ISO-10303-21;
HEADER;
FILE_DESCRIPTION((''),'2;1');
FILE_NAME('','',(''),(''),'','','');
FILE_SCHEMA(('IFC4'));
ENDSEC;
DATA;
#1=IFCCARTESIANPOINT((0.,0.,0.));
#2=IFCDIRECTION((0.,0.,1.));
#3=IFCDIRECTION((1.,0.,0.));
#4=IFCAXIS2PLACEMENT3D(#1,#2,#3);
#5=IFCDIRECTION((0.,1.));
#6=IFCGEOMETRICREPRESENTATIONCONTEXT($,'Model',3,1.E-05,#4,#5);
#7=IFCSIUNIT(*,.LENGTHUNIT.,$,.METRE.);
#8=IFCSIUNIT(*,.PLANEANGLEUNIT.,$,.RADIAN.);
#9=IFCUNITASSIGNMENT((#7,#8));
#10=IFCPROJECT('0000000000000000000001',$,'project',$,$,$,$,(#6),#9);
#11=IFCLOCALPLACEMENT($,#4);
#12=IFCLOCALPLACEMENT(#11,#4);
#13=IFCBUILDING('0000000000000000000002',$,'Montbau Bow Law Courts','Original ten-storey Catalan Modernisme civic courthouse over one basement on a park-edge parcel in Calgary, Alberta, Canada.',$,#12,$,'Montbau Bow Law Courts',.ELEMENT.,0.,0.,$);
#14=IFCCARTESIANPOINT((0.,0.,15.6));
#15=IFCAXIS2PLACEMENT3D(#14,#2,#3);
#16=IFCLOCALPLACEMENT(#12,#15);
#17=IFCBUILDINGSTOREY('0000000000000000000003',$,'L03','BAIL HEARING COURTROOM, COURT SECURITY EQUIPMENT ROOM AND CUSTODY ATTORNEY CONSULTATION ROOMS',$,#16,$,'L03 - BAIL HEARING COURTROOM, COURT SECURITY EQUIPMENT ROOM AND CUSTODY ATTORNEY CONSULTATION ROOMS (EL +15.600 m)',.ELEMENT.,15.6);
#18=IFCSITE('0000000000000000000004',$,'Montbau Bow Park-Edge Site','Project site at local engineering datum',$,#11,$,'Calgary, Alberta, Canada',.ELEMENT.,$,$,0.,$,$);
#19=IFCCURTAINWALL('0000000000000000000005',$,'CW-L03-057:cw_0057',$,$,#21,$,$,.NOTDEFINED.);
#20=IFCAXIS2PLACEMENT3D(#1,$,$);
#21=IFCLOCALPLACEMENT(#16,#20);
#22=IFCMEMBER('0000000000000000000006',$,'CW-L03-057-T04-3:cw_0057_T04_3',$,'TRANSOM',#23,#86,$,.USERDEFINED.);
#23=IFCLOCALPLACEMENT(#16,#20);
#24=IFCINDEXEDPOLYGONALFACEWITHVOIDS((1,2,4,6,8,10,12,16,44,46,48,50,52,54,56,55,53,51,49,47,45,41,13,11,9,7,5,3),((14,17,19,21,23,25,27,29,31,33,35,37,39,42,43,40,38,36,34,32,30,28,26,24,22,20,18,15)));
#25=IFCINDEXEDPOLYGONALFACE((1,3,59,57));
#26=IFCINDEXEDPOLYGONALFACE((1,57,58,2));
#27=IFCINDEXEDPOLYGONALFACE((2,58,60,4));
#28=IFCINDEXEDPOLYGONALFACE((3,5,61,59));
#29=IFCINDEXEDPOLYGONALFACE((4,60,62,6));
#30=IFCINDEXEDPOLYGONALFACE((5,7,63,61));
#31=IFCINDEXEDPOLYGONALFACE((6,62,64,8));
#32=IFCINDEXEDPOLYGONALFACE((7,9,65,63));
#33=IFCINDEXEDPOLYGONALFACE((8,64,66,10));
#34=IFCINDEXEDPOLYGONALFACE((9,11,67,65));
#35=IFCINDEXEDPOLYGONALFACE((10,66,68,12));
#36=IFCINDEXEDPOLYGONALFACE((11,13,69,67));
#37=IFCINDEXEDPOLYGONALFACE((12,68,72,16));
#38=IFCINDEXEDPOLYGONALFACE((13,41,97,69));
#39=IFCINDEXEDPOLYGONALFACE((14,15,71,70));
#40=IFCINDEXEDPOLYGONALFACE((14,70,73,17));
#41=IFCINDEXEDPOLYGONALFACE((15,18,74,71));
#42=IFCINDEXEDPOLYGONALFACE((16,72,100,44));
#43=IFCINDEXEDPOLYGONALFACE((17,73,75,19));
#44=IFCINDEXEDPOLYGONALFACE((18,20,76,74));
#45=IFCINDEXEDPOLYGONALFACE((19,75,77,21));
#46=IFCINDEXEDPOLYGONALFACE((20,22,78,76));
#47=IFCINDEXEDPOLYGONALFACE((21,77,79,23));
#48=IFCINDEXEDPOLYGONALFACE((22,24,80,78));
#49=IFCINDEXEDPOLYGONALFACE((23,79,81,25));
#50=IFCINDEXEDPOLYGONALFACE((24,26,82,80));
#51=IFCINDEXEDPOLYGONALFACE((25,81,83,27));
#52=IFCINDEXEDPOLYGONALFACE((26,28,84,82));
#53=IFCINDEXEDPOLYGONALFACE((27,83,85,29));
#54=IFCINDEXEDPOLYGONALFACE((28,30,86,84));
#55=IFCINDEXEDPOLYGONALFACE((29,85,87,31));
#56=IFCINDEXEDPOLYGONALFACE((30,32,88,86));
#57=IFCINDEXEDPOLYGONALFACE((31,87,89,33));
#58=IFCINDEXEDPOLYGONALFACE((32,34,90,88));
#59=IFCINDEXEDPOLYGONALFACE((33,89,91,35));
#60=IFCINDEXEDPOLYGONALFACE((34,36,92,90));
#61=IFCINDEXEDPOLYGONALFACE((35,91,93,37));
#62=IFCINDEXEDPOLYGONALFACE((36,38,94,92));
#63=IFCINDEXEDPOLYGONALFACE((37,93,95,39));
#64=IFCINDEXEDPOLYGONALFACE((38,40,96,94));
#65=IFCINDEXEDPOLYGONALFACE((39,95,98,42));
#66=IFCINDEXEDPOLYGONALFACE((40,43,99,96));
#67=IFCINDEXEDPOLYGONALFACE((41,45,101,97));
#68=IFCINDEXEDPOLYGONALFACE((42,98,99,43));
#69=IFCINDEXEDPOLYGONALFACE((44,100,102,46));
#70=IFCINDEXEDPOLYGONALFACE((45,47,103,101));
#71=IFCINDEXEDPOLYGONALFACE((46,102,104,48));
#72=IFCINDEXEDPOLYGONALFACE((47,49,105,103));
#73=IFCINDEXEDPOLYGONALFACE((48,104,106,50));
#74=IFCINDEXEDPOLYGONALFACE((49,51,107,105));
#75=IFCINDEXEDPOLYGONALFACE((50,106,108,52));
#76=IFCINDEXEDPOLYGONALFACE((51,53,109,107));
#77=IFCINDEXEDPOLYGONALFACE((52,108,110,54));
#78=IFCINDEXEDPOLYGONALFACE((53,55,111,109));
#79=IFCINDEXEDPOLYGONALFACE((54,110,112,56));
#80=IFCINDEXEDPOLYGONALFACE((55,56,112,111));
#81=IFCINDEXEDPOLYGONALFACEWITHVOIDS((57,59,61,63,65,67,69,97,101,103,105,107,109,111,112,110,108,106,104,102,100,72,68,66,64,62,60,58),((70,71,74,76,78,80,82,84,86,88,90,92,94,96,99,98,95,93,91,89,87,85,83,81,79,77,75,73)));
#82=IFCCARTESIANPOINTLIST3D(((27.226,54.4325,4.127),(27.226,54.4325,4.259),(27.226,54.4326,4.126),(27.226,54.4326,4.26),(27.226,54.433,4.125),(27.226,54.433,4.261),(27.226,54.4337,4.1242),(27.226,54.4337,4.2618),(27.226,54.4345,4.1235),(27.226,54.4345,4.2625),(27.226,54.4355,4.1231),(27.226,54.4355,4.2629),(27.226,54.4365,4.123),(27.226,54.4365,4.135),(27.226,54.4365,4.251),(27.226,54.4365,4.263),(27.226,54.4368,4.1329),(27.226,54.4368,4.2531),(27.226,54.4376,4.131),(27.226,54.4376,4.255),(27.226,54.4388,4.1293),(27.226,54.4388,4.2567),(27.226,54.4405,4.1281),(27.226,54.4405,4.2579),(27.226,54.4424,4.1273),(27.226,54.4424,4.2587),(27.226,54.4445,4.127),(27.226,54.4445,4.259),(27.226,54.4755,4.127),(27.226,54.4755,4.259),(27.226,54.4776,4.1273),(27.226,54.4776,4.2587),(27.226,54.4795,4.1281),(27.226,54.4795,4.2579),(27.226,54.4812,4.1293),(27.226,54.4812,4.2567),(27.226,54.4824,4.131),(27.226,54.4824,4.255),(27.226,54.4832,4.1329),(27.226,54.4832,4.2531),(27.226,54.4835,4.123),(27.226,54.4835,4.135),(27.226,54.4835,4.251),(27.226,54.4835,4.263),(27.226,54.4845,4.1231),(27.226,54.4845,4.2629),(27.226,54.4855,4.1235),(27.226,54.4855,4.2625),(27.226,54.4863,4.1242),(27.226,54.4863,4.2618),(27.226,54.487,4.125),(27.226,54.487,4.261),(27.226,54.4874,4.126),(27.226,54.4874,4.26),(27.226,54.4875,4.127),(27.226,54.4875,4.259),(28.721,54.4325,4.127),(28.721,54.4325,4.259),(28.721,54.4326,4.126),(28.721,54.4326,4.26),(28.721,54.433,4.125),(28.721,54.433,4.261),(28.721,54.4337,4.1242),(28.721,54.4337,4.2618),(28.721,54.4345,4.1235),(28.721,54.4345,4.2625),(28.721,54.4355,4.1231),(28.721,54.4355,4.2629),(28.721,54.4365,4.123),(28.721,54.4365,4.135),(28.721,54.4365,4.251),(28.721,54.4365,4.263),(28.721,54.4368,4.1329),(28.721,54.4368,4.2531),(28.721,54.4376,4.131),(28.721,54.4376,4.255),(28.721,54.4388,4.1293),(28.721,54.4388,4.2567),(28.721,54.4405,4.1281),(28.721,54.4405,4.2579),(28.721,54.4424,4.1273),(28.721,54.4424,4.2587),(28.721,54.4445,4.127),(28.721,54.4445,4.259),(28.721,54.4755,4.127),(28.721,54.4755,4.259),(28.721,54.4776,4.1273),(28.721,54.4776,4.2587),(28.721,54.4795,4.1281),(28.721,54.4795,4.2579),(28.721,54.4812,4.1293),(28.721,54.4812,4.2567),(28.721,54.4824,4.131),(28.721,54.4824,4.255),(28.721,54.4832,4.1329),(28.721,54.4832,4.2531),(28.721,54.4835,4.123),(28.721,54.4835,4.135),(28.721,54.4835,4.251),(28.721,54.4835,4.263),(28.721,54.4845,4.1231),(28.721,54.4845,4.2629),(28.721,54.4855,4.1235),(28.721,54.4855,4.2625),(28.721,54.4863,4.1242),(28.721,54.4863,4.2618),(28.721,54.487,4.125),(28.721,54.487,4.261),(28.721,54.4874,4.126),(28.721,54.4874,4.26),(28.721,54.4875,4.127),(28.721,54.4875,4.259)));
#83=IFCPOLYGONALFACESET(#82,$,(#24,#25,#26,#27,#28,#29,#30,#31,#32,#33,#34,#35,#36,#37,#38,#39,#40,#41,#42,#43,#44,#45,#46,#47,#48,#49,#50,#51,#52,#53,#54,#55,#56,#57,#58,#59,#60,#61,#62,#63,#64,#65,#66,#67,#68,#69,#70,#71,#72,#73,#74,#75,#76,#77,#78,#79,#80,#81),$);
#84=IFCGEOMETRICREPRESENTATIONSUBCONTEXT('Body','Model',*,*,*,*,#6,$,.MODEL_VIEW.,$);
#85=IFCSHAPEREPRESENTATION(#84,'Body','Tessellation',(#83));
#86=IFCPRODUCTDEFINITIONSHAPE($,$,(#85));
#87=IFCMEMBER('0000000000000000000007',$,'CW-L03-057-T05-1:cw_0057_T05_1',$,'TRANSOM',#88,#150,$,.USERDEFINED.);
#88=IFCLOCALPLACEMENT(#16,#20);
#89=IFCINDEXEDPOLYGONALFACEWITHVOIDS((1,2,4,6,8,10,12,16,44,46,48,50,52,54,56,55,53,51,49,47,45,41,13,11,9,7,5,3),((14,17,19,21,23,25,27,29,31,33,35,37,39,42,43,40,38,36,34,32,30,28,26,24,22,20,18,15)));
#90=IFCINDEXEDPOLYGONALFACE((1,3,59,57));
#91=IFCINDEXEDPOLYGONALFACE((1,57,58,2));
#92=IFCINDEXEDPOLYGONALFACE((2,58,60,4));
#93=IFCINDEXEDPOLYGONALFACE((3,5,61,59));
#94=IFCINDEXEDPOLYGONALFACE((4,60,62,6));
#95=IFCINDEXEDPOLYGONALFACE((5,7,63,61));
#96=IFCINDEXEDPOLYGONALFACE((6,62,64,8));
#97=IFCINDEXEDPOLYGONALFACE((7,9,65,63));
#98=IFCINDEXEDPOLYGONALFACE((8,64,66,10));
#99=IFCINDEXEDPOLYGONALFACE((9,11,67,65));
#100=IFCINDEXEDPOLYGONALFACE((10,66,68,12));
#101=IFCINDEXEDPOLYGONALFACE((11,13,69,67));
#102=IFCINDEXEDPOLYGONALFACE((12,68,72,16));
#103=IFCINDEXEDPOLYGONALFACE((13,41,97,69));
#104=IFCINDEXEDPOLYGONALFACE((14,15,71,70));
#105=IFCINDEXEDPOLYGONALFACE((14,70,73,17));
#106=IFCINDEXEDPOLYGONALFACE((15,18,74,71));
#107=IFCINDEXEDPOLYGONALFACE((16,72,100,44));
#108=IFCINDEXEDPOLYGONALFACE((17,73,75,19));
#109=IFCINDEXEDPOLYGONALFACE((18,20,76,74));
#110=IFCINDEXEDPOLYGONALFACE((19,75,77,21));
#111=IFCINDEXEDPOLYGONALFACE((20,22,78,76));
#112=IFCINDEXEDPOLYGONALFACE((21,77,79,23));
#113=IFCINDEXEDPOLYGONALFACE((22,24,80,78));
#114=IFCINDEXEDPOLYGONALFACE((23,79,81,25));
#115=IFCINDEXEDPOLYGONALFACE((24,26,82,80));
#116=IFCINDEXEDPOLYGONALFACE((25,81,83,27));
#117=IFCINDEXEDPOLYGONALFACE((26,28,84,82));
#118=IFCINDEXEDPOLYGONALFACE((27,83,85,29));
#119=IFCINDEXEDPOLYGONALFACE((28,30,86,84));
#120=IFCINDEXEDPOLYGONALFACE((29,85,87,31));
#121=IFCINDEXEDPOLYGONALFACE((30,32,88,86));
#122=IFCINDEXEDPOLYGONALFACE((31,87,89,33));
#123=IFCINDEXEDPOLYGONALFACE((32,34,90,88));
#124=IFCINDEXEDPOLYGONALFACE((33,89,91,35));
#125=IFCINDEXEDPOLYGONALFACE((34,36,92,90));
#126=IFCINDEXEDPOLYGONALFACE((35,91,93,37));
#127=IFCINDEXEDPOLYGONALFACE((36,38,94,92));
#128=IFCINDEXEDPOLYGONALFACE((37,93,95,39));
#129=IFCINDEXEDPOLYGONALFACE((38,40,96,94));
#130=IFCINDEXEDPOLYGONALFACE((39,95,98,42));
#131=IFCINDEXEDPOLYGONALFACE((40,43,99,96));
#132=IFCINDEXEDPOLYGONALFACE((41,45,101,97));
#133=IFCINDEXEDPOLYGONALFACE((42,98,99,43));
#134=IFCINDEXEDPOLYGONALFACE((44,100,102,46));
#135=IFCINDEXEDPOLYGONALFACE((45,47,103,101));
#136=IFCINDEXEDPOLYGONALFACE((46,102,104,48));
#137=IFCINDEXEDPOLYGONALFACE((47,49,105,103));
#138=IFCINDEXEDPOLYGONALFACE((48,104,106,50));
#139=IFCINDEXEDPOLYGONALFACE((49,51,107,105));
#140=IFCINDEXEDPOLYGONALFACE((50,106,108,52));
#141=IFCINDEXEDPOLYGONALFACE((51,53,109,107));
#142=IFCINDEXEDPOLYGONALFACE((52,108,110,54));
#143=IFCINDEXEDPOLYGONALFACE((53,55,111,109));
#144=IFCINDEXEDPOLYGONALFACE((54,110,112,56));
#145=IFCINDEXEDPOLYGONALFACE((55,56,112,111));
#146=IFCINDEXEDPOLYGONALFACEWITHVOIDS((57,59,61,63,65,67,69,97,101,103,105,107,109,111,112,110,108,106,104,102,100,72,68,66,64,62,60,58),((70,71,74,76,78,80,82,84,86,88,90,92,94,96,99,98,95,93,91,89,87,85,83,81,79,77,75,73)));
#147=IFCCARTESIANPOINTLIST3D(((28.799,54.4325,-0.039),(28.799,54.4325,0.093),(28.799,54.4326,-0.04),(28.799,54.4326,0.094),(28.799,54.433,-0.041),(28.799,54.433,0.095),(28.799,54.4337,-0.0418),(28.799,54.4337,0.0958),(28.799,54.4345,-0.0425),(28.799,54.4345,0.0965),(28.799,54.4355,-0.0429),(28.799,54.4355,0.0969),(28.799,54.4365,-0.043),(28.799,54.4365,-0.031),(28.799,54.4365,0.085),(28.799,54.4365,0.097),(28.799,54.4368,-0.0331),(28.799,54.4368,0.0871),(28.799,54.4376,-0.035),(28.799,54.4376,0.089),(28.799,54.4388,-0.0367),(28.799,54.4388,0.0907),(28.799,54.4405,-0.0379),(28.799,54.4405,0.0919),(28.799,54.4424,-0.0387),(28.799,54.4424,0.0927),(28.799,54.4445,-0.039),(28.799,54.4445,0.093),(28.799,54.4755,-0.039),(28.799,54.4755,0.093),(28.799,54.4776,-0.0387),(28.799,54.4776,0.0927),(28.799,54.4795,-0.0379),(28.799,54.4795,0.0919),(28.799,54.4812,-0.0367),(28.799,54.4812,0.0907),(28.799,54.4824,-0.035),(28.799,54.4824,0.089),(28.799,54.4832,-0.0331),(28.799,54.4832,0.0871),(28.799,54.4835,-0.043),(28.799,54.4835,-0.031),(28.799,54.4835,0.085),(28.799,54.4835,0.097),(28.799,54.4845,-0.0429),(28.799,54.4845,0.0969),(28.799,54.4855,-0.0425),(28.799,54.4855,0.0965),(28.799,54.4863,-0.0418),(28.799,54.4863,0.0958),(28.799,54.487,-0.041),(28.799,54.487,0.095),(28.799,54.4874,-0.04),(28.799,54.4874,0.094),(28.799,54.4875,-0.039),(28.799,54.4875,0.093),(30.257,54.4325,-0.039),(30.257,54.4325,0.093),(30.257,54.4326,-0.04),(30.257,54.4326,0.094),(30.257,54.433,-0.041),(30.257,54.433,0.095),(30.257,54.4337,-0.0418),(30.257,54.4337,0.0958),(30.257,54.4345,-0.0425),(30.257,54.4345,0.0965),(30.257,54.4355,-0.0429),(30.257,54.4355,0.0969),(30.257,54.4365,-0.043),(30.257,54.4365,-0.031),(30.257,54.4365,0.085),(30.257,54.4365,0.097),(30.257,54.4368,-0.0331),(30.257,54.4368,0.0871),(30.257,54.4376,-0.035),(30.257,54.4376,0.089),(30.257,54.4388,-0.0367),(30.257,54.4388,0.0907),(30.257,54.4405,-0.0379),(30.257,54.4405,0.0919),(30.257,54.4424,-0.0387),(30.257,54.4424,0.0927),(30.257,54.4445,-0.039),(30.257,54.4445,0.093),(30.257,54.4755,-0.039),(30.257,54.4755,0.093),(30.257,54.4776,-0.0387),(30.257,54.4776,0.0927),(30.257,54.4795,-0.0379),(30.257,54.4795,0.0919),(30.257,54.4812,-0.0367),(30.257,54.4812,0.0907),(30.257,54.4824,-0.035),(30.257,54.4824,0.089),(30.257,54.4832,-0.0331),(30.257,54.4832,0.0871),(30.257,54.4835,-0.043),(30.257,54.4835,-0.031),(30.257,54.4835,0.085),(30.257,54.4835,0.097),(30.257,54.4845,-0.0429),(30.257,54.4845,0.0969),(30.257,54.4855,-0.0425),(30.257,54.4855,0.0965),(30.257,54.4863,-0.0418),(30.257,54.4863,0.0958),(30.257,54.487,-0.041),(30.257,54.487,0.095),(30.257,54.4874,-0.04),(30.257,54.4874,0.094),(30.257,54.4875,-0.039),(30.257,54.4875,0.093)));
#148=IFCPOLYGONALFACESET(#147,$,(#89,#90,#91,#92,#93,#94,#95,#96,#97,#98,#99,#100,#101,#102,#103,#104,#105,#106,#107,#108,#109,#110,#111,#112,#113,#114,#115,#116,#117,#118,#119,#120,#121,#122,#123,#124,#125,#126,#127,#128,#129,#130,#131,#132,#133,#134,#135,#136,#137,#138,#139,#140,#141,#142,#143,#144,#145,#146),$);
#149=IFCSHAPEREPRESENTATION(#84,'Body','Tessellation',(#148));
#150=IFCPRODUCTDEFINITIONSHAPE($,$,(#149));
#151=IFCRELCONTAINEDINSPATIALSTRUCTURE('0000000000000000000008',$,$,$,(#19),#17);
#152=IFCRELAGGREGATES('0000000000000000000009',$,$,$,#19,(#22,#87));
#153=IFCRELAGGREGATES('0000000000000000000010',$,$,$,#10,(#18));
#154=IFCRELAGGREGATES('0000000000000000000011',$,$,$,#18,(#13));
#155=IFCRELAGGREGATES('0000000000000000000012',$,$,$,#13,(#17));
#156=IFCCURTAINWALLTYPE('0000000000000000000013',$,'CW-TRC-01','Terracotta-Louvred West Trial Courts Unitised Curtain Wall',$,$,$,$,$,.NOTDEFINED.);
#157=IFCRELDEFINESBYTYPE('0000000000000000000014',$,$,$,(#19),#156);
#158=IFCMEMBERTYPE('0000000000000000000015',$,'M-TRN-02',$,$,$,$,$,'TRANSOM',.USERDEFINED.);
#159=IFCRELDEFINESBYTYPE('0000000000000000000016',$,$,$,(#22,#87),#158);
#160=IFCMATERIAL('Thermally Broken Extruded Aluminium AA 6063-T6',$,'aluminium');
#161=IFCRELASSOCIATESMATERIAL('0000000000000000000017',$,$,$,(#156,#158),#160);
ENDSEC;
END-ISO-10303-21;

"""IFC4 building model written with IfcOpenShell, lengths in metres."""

from ifc_helpers import new_model, si_unit, direction, frame, origin_with_axes, origin_2d_with_axis, place, context, subcontext, project, spatial, hollow_rectangle, extrude, material, material_profile, profile_set, type_object, element, aggregate, save


model = new_model("IFC4")

# Units and contexts
model_context = context("Model", 3, precision=1e-05, world=origin_with_axes(), true_north=direction((0.0, 1.0)))
body_context = subcontext(model_context, "Body", "Model", "MODEL_VIEW")
ifc_project = project(units=[si_unit("LENGTHUNIT", "METRE"), si_unit("PLANEANGLEUNIT", "RADIAN")], contexts=[model_context])

# Site, building, storey
site_placement = place(None, origin_with_axes())
site = spatial("IfcSite", under=ifc_project, at=site_placement, Name="Montbau Bow Park-Edge Site", Description="Project site at local engineering datum", LongName="Calgary, Alberta, Canada", CompositionType="ELEMENT", RefElevation=0.0)
building_placement = place(site_placement, origin_with_axes())
building = spatial("IfcBuilding", under=site, at=building_placement, Name="Montbau Bow Law Courts", Description="Original ten-storey Catalan Modernisme civic courthouse over one basement on a park-edge parcel in Calgary, Alberta, Canada.", LongName="Montbau Bow Law Courts", CompositionType="ELEMENT", ElevationOfRefHeight=0.0, ElevationOfTerrain=0.0)
storey_placement = place(building_placement, frame((0.0, 0.0, 15.6), z_axis=(0.0, 0.0, 1.0), x_axis=(1.0, 0.0, 0.0)))
storey = spatial("IfcBuildingStorey", under=building, at=storey_placement, Name="L03", Description="BAIL HEARING COURTROOM, COURT SECURITY EQUIPMENT ROOM AND CUSTODY ATTORNEY CONSULTATION ROOMS", LongName="L03 - BAIL HEARING COURTROOM, COURT SECURITY EQUIPMENT ROOM AND CUSTODY ATTORNEY CONSULTATION ROOMS (EL +15.600 m)", CompositionType="ELEMENT", Elevation=15.6)

# Curtain wall, members
ifc_material_1 = material(Name="Thermally Broken Extruded Aluminium AA 6063-T6", Category="aluminium")
curtain_wall_type = type_object("IfcCurtainWallType", Name="CW-TRC-01", Description="Terracotta-Louvred West Trial Courts Unitised Curtain Wall", PredefinedType="NOTDEFINED", material=ifc_material_1)
curtain_wall_placement = place(None, frame((22.467, 54.46, 15.6), z_axis=(0.0, 0.0, 1.0), x_axis=(1.0, 0.0, 0.0)))
curtain_wall = element("IfcCurtainWall", 1, at=curtain_wall_placement, inside=storey, type_object=curtain_wall_type, Name="CW-L03-057:cw_0057", PredefinedType="NOTDEFINED")
ifc_material_profile_1 = material_profile(ifc_material_1, hollow_rectangle(XDim=0.055, YDim=0.14, WallThickness=0.004, InnerFilletRadius=0.008, OuterFilletRadius=0.004, at=origin_2d_with_axis()), Name="CWT-140X55", Category="Main", Priority=0)
ifc_profile_set_1 = profile_set([ifc_material_profile_1], Name="Thermally Broken Extruded Aluminium AA 6063-T6")
member_type_1 = type_object("IfcMemberType", Name="M-TRN-02", ElementType="TRANSOM", PredefinedType="USERDEFINED", material=ifc_profile_set_1)
member_1_placement = place(None, frame((27.226, 54.46, 19.793), z_axis=(1.0, 0.0, 0.0), x_axis=(0.0, 1.0, 0.0)))
member_1 = element("IfcMember", 2, at=member_1_placement, type_object=member_type_1, Name="CW-L03-057-T04-3:cw_0057_T04_3", ObjectType="TRANSOM", PredefinedType="USERDEFINED", context=body_context, shape_type="SweptSolid", body=[
    extrude(hollow_rectangle(XDim=0.055, YDim=0.14, WallThickness=0.004, InnerFilletRadius=0.008, OuterFilletRadius=0.004, at=origin_2d_with_axis()), origin_with_axes(), (0.0, 0.0, 1.0), 1.495),
])
member_2_placement = place(None, frame((28.799, 54.46, 15.627), z_axis=(1.0, 0.0, 0.0), x_axis=(0.0, 1.0, 0.0)))
member_2 = element("IfcMember", 3, at=member_2_placement, type_object=member_type_1, Name="CW-L03-057-T05-1:cw_0057_T05_1", ObjectType="TRANSOM", PredefinedType="USERDEFINED", context=body_context, shape_type="SweptSolid", body=[
    extrude(hollow_rectangle(XDim=0.055, YDim=0.14, WallThickness=0.004, InnerFilletRadius=0.008, OuterFilletRadius=0.004, at=origin_2d_with_axis()), origin_with_axes(), (0.0, 0.0, 1.0), 1.458),
])
aggregate(curtain_wall, [member_1, member_2])

save(model, "model.ifc")
